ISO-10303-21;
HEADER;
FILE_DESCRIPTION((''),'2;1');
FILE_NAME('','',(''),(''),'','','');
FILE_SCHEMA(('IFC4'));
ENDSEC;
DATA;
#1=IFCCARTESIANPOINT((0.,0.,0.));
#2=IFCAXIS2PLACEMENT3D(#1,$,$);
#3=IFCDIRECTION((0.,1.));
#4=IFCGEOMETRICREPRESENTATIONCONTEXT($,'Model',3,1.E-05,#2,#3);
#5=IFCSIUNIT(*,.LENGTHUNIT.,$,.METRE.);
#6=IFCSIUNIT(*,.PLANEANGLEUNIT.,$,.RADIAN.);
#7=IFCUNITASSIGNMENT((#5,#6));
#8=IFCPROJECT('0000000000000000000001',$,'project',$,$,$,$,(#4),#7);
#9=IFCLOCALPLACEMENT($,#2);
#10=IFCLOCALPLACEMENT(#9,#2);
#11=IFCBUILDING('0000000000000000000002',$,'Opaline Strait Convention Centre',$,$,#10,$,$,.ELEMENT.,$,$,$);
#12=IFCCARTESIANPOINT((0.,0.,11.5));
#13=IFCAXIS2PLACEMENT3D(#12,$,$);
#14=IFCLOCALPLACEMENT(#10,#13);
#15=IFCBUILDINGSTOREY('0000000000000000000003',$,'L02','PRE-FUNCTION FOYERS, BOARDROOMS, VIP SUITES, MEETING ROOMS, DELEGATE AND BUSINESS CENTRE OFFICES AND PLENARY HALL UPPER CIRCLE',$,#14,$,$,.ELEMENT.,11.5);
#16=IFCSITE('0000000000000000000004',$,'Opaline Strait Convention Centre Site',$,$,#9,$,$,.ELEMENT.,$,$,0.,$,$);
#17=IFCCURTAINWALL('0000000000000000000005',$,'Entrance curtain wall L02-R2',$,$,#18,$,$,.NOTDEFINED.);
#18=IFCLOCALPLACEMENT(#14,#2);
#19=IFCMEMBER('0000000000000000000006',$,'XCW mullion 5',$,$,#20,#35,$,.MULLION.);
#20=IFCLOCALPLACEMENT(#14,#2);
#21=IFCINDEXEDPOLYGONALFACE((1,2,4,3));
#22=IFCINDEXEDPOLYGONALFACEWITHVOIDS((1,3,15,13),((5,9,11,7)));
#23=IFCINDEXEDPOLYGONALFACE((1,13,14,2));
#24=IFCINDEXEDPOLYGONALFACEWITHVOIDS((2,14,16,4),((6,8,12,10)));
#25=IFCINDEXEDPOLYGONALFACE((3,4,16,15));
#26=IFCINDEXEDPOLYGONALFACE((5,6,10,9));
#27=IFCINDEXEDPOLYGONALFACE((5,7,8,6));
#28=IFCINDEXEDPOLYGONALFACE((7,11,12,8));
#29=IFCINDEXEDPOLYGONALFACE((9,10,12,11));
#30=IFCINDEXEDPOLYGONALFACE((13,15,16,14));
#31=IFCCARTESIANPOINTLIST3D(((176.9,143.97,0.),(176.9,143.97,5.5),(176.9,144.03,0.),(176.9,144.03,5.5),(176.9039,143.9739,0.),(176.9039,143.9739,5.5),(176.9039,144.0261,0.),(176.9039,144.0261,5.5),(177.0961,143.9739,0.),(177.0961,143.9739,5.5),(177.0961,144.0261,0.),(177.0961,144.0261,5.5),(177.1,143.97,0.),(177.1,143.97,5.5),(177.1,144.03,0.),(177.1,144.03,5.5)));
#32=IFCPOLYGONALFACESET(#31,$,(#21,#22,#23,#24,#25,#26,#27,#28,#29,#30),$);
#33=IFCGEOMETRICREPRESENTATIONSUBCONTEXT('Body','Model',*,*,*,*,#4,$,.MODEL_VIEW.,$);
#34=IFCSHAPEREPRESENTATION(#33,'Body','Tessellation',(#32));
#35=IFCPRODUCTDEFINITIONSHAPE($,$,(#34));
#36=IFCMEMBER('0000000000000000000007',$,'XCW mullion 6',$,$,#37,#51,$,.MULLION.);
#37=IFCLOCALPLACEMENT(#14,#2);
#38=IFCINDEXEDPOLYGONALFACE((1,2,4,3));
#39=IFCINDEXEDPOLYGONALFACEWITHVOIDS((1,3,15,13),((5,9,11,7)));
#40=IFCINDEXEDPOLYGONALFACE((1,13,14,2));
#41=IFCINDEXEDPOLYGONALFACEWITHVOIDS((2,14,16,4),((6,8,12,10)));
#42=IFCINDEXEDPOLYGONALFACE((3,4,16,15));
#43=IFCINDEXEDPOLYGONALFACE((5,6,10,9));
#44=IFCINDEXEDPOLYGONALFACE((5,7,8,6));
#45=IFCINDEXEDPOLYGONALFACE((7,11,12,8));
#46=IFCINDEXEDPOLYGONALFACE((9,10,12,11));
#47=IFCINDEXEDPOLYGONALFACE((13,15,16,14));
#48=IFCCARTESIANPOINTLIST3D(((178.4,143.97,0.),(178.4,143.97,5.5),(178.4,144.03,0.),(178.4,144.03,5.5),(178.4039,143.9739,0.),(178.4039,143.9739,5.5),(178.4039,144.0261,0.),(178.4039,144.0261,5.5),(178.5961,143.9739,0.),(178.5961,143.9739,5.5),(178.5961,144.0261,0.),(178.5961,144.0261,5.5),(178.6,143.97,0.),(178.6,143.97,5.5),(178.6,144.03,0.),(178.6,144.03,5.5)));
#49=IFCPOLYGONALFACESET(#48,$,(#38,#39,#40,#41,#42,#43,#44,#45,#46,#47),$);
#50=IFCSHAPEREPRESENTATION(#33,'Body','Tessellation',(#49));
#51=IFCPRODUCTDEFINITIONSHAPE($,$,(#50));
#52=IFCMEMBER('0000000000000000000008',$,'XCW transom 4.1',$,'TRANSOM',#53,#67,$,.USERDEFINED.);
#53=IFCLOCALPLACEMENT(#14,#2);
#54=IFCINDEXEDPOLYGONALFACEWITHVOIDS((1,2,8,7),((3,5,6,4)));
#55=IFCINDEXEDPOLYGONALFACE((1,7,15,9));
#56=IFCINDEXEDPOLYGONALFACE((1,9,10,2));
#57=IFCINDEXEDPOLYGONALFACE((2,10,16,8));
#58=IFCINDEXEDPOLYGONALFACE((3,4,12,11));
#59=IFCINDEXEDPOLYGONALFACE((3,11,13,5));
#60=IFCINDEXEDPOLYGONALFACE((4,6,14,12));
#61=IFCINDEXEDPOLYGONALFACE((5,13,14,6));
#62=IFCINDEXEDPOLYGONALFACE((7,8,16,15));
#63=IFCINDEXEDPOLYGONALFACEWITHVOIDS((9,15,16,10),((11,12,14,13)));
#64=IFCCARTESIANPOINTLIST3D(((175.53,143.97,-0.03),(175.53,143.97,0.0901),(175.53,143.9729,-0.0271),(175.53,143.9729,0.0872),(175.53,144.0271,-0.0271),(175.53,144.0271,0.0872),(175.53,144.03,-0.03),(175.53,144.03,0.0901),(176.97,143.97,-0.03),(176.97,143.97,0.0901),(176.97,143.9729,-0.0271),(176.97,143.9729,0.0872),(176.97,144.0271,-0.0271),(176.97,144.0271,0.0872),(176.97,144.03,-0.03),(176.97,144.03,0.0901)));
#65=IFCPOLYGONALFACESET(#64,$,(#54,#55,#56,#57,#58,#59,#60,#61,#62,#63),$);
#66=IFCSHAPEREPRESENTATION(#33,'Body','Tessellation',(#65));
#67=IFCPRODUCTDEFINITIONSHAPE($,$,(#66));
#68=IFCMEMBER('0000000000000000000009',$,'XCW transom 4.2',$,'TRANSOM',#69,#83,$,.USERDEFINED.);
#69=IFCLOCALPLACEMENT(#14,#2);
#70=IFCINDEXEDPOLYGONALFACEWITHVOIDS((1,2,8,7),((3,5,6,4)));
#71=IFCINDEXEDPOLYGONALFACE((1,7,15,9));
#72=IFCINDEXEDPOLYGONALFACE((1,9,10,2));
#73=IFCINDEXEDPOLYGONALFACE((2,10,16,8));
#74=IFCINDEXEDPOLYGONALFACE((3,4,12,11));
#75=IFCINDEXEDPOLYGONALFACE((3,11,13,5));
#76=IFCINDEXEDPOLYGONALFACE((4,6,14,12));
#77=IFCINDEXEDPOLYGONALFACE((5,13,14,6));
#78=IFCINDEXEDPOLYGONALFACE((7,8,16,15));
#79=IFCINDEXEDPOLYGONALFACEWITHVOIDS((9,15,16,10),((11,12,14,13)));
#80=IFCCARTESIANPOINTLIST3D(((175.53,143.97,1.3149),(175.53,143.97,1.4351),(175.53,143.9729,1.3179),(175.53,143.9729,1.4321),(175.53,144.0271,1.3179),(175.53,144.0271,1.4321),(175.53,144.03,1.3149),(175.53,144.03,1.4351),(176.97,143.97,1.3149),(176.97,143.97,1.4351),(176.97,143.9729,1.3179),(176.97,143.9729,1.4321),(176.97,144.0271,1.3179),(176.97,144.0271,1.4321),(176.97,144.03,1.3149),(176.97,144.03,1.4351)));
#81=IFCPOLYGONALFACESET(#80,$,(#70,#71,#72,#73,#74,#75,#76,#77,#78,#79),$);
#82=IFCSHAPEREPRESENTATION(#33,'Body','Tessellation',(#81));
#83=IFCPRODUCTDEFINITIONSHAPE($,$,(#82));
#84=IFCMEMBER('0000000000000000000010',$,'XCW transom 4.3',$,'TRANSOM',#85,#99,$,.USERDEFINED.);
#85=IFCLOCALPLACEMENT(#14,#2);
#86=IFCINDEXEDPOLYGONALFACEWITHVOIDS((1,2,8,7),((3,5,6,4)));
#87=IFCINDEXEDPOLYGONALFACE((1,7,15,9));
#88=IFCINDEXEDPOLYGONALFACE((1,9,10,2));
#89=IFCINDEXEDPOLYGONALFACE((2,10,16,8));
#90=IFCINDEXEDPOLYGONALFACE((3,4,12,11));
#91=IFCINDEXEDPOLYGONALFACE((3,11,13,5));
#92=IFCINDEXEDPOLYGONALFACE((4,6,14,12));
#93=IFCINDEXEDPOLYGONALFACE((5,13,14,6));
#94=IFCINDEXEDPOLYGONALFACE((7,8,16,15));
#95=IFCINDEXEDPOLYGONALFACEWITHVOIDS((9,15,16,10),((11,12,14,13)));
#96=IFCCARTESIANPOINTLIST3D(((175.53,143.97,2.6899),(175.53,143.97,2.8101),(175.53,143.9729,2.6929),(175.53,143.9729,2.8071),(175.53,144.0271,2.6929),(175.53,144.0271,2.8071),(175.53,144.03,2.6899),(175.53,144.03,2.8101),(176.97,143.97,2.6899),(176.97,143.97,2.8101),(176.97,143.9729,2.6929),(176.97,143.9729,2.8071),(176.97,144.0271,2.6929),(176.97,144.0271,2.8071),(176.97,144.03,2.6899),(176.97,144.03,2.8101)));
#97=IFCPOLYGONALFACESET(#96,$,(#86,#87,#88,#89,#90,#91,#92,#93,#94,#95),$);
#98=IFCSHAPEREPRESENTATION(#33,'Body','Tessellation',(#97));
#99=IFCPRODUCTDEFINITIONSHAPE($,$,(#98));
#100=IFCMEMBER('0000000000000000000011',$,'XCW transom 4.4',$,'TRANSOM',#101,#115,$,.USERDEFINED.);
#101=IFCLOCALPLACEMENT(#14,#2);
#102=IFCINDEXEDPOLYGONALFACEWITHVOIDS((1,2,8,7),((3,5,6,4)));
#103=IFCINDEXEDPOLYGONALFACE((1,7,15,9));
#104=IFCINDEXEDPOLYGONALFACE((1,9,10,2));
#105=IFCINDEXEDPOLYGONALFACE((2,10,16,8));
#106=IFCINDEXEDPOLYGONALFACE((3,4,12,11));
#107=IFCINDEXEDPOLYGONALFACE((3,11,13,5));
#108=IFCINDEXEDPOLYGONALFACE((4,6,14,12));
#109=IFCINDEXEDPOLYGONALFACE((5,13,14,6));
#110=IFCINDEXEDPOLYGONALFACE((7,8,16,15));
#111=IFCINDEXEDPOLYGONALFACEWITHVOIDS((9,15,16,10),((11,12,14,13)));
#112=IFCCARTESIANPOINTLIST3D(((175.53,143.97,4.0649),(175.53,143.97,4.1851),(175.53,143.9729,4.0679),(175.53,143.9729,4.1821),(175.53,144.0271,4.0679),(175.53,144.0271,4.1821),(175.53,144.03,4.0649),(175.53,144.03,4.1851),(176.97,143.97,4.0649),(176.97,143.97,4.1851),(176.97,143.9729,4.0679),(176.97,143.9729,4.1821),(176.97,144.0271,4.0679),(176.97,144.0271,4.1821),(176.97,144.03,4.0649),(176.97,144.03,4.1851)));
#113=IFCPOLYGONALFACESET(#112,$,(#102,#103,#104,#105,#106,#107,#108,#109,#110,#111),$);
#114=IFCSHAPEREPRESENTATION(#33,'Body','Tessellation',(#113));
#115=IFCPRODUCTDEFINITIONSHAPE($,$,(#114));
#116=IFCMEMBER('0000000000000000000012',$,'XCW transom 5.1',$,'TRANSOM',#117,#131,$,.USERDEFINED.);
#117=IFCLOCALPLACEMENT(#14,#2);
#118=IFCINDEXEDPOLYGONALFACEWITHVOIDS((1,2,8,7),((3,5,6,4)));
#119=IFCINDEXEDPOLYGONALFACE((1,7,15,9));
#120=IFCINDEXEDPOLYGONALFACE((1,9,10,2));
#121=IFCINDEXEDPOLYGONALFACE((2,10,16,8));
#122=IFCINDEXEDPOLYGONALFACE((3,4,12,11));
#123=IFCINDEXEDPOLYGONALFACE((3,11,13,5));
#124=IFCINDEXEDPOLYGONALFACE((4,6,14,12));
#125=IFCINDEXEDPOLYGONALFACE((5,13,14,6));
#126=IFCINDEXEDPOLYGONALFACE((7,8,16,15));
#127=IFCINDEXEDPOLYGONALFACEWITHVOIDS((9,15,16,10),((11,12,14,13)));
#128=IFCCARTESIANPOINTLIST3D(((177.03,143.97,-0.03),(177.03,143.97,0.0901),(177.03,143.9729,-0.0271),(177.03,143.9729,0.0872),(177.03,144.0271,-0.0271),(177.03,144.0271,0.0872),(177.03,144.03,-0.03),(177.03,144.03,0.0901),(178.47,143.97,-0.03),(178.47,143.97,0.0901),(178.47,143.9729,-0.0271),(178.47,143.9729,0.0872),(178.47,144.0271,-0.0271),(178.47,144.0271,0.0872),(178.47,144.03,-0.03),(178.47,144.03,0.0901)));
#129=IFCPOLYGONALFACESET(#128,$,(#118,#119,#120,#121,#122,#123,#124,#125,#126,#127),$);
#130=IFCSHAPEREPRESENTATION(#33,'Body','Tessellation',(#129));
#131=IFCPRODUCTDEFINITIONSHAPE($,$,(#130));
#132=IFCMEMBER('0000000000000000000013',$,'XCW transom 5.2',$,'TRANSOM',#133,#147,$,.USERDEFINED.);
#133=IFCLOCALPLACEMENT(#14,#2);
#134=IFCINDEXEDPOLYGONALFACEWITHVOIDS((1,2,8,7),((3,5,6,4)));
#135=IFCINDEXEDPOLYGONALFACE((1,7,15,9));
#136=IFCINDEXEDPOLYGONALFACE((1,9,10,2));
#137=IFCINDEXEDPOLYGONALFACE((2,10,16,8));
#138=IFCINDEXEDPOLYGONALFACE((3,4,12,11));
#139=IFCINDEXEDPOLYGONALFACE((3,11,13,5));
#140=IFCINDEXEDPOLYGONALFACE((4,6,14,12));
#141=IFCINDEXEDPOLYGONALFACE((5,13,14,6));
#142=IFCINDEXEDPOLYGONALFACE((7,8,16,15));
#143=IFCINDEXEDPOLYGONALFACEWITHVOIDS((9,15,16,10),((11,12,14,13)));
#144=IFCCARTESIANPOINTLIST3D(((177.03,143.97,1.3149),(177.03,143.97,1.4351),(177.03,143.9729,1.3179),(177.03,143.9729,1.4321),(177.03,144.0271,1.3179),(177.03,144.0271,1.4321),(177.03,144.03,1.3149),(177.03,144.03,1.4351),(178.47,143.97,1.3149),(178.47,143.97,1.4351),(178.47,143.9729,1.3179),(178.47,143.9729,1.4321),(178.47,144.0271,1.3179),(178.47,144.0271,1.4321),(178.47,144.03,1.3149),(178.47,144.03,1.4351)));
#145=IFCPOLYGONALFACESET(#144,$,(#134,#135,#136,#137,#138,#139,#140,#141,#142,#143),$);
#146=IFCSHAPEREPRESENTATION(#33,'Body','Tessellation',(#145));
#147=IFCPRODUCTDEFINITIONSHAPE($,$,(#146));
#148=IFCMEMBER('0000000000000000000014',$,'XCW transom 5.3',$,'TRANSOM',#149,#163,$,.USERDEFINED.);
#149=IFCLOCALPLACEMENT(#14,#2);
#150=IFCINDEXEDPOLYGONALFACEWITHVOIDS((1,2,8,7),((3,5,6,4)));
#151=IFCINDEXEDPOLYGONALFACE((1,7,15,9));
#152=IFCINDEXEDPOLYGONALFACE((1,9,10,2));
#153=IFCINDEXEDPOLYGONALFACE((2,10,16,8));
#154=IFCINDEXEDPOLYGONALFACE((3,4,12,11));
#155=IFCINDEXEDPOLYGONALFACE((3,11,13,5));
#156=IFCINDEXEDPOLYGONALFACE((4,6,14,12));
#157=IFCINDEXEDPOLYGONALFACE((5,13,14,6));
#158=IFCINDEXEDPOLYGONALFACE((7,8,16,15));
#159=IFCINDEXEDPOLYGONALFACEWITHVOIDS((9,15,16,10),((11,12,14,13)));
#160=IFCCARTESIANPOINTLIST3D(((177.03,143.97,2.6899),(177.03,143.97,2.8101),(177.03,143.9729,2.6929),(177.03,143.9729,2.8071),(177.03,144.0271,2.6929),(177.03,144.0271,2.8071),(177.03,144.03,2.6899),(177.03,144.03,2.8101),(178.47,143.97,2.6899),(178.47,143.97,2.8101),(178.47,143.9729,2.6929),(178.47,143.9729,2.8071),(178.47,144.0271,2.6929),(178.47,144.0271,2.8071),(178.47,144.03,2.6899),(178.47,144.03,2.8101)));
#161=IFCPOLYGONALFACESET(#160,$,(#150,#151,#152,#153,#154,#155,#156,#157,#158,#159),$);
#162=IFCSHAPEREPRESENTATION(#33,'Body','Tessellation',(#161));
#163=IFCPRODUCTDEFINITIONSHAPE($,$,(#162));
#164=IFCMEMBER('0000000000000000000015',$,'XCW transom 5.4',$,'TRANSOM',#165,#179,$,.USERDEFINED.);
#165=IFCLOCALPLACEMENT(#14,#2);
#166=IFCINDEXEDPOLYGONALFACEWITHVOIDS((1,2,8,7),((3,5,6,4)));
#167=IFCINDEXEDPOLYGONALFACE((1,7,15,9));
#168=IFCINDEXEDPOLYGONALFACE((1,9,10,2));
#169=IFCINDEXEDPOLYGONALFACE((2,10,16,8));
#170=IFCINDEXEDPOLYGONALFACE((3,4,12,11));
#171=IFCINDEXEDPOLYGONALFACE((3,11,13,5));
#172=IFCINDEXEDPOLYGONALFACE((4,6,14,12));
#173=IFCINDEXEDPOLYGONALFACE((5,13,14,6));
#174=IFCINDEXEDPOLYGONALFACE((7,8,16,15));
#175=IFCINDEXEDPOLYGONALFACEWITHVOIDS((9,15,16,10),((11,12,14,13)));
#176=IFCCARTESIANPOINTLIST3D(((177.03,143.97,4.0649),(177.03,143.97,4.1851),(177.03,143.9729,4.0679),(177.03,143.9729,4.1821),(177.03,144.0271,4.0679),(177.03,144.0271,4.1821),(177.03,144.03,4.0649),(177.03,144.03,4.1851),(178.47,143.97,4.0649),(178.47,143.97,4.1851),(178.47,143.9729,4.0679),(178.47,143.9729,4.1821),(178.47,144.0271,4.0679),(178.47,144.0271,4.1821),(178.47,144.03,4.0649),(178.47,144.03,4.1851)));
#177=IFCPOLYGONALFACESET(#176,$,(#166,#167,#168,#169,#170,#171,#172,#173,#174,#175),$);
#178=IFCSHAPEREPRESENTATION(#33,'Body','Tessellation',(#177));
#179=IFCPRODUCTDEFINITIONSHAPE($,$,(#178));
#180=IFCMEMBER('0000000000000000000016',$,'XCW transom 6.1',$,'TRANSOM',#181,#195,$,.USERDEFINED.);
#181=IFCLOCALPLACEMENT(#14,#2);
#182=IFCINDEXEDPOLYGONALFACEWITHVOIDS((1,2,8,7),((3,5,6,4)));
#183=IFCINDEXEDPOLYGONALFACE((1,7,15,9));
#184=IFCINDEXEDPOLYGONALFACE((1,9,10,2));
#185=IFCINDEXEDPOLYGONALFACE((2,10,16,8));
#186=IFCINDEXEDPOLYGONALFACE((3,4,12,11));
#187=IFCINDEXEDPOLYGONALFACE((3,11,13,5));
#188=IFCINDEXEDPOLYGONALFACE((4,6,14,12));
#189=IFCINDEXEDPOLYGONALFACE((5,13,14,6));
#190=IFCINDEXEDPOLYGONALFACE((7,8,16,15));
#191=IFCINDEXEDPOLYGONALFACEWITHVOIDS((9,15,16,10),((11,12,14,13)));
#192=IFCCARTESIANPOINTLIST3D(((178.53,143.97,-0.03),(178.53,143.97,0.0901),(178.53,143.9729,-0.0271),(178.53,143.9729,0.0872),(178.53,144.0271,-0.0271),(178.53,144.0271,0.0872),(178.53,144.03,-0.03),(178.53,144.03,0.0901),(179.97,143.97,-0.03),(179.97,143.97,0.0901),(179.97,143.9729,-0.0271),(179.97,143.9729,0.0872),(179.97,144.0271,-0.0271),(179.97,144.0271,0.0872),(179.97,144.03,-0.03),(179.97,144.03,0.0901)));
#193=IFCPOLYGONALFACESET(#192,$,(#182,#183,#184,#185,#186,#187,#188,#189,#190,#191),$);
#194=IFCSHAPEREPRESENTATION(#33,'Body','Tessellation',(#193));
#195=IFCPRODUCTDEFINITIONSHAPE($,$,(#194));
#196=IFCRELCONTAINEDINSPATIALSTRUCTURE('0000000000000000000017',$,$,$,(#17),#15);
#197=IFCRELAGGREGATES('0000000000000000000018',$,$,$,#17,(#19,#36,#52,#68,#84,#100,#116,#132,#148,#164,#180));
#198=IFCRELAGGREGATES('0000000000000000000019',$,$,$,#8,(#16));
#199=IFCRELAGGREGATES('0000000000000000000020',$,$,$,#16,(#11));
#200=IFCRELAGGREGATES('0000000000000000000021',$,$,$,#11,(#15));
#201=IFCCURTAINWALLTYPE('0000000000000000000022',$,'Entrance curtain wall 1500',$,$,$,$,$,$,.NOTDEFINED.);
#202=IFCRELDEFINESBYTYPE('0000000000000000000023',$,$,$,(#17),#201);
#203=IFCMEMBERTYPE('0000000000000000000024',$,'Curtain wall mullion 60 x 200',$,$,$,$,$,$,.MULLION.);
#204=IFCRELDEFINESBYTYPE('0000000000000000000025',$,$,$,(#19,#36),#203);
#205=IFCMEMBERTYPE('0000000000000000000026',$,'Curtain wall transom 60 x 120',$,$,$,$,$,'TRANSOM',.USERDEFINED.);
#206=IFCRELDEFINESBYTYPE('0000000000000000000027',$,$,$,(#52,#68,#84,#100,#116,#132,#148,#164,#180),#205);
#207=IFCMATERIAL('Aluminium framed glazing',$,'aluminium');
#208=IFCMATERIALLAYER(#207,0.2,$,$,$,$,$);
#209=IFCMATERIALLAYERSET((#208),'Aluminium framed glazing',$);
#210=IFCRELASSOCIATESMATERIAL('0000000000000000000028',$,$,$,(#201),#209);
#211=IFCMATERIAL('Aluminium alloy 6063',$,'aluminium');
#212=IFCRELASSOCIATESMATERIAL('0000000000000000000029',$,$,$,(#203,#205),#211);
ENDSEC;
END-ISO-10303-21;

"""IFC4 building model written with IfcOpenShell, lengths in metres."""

from ifc_helpers import new_model, si_unit, direction, frame, origin, origin_2d, place, context, subcontext, project, spatial, hollow_rectangle, extrude, material, layer, layer_set, material_profile, profile_set, type_object, element, aggregate, save


model = new_model("IFC4")

# Units and contexts
model_context = context("Model", 3, precision=1e-05, world=origin(), true_north=direction((0.0, 1.0)))
body_context = subcontext(model_context, "Body", "Model", "MODEL_VIEW")
ifc_project = project(units=[si_unit("LENGTHUNIT", "METRE"), si_unit("PLANEANGLEUNIT", "RADIAN")], contexts=[model_context])

# Site, building, storey
site_placement = place(None, origin())
site = spatial("IfcSite", under=ifc_project, at=site_placement, Name="Opaline Strait Convention Centre Site", CompositionType="ELEMENT", RefElevation=0.0)
building_placement = place(site_placement, origin())
building = spatial("IfcBuilding", under=site, at=building_placement, Name="Opaline Strait Convention Centre", CompositionType="ELEMENT")
storey_placement = place(building_placement, frame((0.0, 0.0, 11.5)))
storey = spatial("IfcBuildingStorey", under=building, at=storey_placement, Name="L02", Description="PRE-FUNCTION FOYERS, BOARDROOMS, VIP SUITES, MEETING ROOMS, DELEGATE AND BUSINESS CENTRE OFFICES AND PLENARY HALL UPPER CIRCLE", CompositionType="ELEMENT", Elevation=11.5)

# Curtain wall, members
ifc_material_1 = material(Name="Aluminium framed glazing", Category="aluminium")
ifc_layer_1 = layer(ifc_material_1, 0.2)
ifc_layer_set_1 = layer_set([ifc_layer_1], Name="Aluminium framed glazing")
curtain_wall_type = type_object("IfcCurtainWallType", Name="Entrance curtain wall 1500", PredefinedType="NOTDEFINED", material=ifc_layer_set_1)
curtain_wall_placement = place(storey_placement, origin())
curtain_wall = element("IfcCurtainWall", 1, at=curtain_wall_placement, inside=storey, type_object=curtain_wall_type, Name="Entrance curtain wall L02-R2", PredefinedType="NOTDEFINED")
ifc_material_2 = material(Name="Aluminium alloy 6063", Category="aluminium")
ifc_material_profile_1 = material_profile(ifc_material_2, hollow_rectangle(XDim=0.0601, YDim=0.2, WallThickness=0.0039, at=origin_2d()), Name="MULLION 60x200x4")
ifc_profile_set_1 = profile_set([ifc_material_profile_1], Name="Aluminium alloy 6063")
member_type_1 = type_object("IfcMemberType", Name="Curtain wall mullion 60 x 200", PredefinedType="MULLION", material=ifc_profile_set_1)
member_1_placement = place(storey_placement, frame((177.0, 144.0, 0.0), z_axis=(0.0, 0.0, 1.0), x_axis=(0.0, 1.0, 0.0)))
member_1 = element("IfcMember", 2, at=member_1_placement, type_object=member_type_1, Name="XCW mullion 5", PredefinedType="MULLION", context=body_context, shape_type="SweptSolid", body=[
    extrude(hollow_rectangle(XDim=0.0601, YDim=0.2, WallThickness=0.0039, at=origin_2d()), origin(), (0.0, 0.0, 1.0), 5.5),
])
member_2_placement = place(storey_placement, frame((178.5, 144.0, 0.0), z_axis=(0.0, 0.0, 1.0), x_axis=(0.0, 1.0, 0.0)))
member_2 = element("IfcMember", 3, at=member_2_placement, type_object=member_type_1, Name="XCW mullion 6", PredefinedType="MULLION", context=body_context, shape_type="SweptSolid", body=[
    extrude(hollow_rectangle(XDim=0.0601, YDim=0.2, WallThickness=0.0039, at=origin_2d()), origin(), (0.0, 0.0, 1.0), 5.5),
])
ifc_material_profile_2 = material_profile(ifc_material_2, hollow_rectangle(XDim=0.0601, YDim=0.1201, WallThickness=0.0029, at=origin_2d()), Name="TRANSOM 60x120x3")
ifc_profile_set_2 = profile_set([ifc_material_profile_2], Name="Aluminium alloy 6063")
member_type_2 = type_object("IfcMemberType", Name="Curtain wall transom 60 x 120", ElementType="TRANSOM", PredefinedType="USERDEFINED", material=ifc_profile_set_2)
member_3_placement = place(storey_placement, frame((175.53, 144.0, 0.03), z_axis=(1.0, 0.0, 0.0), x_axis=(0.0, 1.0, 0.0)))
member_3 = element("IfcMember", 4, at=member_3_placement, type_object=member_type_2, Name="XCW transom 4.1", ObjectType="TRANSOM", PredefinedType="USERDEFINED", context=body_context, shape_type="SweptSolid", body=[
    extrude(hollow_rectangle(XDim=0.0601, YDim=0.1201, WallThickness=0.0029, at=origin_2d()), origin(), (0.0, 0.0, 1.0), 1.4399),
])
member_4_placement = place(storey_placement, frame((175.53, 144.0, 1.375), z_axis=(1.0, 0.0, 0.0), x_axis=(0.0, 1.0, 0.0)))
member_4 = element("IfcMember", 5, at=member_4_placement, type_object=member_type_2, Name="XCW transom 4.2", ObjectType="TRANSOM", PredefinedType="USERDEFINED", context=body_context, shape_type="SweptSolid", body=[
    extrude(hollow_rectangle(XDim=0.0601, YDim=0.1201, WallThickness=0.0029, at=origin_2d()), origin(), (0.0, 0.0, 1.0), 1.4399),
])
member_5_placement = place(storey_placement, frame((175.53, 144.0, 2.75), z_axis=(1.0, 0.0, 0.0), x_axis=(0.0, 1.0, 0.0)))
member_5 = element("IfcMember", 6, at=member_5_placement, type_object=member_type_2, Name="XCW transom 4.3", ObjectType="TRANSOM", PredefinedType="USERDEFINED", context=body_context, shape_type="SweptSolid", body=[
    extrude(hollow_rectangle(XDim=0.0601, YDim=0.1201, WallThickness=0.0029, at=origin_2d()), origin(), (0.0, 0.0, 1.0), 1.4399),
])
member_6_placement = place(storey_placement, frame((175.53, 144.0, 4.125), z_axis=(1.0, 0.0, 0.0), x_axis=(0.0, 1.0, 0.0)))
member_6 = element("IfcMember", 7, at=member_6_placement, type_object=member_type_2, Name="XCW transom 4.4", ObjectType="TRANSOM", PredefinedType="USERDEFINED", context=body_context, shape_type="SweptSolid", body=[
    extrude(hollow_rectangle(XDim=0.0601, YDim=0.1201, WallThickness=0.0029, at=origin_2d()), origin(), (0.0, 0.0, 1.0), 1.4399),
])
member_7_placement = place(storey_placement, frame((177.03, 144.0, 0.03), z_axis=(1.0, 0.0, 0.0), x_axis=(0.0, 1.0, 0.0)))
member_7 = element("IfcMember", 8, at=member_7_placement, type_object=member_type_2, Name="XCW transom 5.1", ObjectType="TRANSOM", PredefinedType="USERDEFINED", context=body_context, shape_type="SweptSolid", body=[
    extrude(hollow_rectangle(XDim=0.0601, YDim=0.1201, WallThickness=0.0029, at=origin_2d()), origin(), (0.0, 0.0, 1.0), 1.4399),
])
member_8_placement = place(storey_placement, frame((177.03, 144.0, 1.375), z_axis=(1.0, 0.0, 0.0), x_axis=(0.0, 1.0, 0.0)))
member_8 = element("IfcMember", 9, at=member_8_placement, type_object=member_type_2, Name="XCW transom 5.2", ObjectType="TRANSOM", PredefinedType="USERDEFINED", context=body_context, shape_type="SweptSolid", body=[
    extrude(hollow_rectangle(XDim=0.0601, YDim=0.1201, WallThickness=0.0029, at=origin_2d()), origin(), (0.0, 0.0, 1.0), 1.4399),
])
member_9_placement = place(storey_placement, frame((177.03, 144.0, 2.75), z_axis=(1.0, 0.0, 0.0), x_axis=(0.0, 1.0, 0.0)))
member_9 = element("IfcMember", 10, at=member_9_placement, type_object=member_type_2, Name="XCW transom 5.3", ObjectType="TRANSOM", PredefinedType="USERDEFINED", context=body_context, shape_type="SweptSolid", body=[
    extrude(hollow_rectangle(XDim=0.0601, YDim=0.1201, WallThickness=0.0029, at=origin_2d()), origin(), (0.0, 0.0, 1.0), 1.4399),
])
member_10_placement = place(storey_placement, frame((177.03, 144.0, 4.125), z_axis=(1.0, 0.0, 0.0), x_axis=(0.0, 1.0, 0.0)))
member_10 = element("IfcMember", 11, at=member_10_placement, type_object=member_type_2, Name="XCW transom 5.4", ObjectType="TRANSOM", PredefinedType="USERDEFINED", context=body_context, shape_type="SweptSolid", body=[
    extrude(hollow_rectangle(XDim=0.0601, YDim=0.1201, WallThickness=0.0029, at=origin_2d()), origin(), (0.0, 0.0, 1.0), 1.4399),
])
member_11_placement = place(storey_placement, frame((178.53, 144.0, 0.03), z_axis=(1.0, 0.0, 0.0), x_axis=(0.0, 1.0, 0.0)))
member_11 = element("IfcMember", 12, at=member_11_placement, type_object=member_type_2, Name="XCW transom 6.1", ObjectType="TRANSOM", PredefinedType="USERDEFINED", context=body_context, shape_type="SweptSolid", body=[
    extrude(hollow_rectangle(XDim=0.0601, YDim=0.1201, WallThickness=0.0029, at=origin_2d()), origin(), (0.0, 0.0, 1.0), 1.4399),
])
aggregate(curtain_wall, [member_1, member_2, member_3, member_4, member_5, member_6, member_7, member_8, member_9, member_10, member_11])

save(model, "model.ifc")
